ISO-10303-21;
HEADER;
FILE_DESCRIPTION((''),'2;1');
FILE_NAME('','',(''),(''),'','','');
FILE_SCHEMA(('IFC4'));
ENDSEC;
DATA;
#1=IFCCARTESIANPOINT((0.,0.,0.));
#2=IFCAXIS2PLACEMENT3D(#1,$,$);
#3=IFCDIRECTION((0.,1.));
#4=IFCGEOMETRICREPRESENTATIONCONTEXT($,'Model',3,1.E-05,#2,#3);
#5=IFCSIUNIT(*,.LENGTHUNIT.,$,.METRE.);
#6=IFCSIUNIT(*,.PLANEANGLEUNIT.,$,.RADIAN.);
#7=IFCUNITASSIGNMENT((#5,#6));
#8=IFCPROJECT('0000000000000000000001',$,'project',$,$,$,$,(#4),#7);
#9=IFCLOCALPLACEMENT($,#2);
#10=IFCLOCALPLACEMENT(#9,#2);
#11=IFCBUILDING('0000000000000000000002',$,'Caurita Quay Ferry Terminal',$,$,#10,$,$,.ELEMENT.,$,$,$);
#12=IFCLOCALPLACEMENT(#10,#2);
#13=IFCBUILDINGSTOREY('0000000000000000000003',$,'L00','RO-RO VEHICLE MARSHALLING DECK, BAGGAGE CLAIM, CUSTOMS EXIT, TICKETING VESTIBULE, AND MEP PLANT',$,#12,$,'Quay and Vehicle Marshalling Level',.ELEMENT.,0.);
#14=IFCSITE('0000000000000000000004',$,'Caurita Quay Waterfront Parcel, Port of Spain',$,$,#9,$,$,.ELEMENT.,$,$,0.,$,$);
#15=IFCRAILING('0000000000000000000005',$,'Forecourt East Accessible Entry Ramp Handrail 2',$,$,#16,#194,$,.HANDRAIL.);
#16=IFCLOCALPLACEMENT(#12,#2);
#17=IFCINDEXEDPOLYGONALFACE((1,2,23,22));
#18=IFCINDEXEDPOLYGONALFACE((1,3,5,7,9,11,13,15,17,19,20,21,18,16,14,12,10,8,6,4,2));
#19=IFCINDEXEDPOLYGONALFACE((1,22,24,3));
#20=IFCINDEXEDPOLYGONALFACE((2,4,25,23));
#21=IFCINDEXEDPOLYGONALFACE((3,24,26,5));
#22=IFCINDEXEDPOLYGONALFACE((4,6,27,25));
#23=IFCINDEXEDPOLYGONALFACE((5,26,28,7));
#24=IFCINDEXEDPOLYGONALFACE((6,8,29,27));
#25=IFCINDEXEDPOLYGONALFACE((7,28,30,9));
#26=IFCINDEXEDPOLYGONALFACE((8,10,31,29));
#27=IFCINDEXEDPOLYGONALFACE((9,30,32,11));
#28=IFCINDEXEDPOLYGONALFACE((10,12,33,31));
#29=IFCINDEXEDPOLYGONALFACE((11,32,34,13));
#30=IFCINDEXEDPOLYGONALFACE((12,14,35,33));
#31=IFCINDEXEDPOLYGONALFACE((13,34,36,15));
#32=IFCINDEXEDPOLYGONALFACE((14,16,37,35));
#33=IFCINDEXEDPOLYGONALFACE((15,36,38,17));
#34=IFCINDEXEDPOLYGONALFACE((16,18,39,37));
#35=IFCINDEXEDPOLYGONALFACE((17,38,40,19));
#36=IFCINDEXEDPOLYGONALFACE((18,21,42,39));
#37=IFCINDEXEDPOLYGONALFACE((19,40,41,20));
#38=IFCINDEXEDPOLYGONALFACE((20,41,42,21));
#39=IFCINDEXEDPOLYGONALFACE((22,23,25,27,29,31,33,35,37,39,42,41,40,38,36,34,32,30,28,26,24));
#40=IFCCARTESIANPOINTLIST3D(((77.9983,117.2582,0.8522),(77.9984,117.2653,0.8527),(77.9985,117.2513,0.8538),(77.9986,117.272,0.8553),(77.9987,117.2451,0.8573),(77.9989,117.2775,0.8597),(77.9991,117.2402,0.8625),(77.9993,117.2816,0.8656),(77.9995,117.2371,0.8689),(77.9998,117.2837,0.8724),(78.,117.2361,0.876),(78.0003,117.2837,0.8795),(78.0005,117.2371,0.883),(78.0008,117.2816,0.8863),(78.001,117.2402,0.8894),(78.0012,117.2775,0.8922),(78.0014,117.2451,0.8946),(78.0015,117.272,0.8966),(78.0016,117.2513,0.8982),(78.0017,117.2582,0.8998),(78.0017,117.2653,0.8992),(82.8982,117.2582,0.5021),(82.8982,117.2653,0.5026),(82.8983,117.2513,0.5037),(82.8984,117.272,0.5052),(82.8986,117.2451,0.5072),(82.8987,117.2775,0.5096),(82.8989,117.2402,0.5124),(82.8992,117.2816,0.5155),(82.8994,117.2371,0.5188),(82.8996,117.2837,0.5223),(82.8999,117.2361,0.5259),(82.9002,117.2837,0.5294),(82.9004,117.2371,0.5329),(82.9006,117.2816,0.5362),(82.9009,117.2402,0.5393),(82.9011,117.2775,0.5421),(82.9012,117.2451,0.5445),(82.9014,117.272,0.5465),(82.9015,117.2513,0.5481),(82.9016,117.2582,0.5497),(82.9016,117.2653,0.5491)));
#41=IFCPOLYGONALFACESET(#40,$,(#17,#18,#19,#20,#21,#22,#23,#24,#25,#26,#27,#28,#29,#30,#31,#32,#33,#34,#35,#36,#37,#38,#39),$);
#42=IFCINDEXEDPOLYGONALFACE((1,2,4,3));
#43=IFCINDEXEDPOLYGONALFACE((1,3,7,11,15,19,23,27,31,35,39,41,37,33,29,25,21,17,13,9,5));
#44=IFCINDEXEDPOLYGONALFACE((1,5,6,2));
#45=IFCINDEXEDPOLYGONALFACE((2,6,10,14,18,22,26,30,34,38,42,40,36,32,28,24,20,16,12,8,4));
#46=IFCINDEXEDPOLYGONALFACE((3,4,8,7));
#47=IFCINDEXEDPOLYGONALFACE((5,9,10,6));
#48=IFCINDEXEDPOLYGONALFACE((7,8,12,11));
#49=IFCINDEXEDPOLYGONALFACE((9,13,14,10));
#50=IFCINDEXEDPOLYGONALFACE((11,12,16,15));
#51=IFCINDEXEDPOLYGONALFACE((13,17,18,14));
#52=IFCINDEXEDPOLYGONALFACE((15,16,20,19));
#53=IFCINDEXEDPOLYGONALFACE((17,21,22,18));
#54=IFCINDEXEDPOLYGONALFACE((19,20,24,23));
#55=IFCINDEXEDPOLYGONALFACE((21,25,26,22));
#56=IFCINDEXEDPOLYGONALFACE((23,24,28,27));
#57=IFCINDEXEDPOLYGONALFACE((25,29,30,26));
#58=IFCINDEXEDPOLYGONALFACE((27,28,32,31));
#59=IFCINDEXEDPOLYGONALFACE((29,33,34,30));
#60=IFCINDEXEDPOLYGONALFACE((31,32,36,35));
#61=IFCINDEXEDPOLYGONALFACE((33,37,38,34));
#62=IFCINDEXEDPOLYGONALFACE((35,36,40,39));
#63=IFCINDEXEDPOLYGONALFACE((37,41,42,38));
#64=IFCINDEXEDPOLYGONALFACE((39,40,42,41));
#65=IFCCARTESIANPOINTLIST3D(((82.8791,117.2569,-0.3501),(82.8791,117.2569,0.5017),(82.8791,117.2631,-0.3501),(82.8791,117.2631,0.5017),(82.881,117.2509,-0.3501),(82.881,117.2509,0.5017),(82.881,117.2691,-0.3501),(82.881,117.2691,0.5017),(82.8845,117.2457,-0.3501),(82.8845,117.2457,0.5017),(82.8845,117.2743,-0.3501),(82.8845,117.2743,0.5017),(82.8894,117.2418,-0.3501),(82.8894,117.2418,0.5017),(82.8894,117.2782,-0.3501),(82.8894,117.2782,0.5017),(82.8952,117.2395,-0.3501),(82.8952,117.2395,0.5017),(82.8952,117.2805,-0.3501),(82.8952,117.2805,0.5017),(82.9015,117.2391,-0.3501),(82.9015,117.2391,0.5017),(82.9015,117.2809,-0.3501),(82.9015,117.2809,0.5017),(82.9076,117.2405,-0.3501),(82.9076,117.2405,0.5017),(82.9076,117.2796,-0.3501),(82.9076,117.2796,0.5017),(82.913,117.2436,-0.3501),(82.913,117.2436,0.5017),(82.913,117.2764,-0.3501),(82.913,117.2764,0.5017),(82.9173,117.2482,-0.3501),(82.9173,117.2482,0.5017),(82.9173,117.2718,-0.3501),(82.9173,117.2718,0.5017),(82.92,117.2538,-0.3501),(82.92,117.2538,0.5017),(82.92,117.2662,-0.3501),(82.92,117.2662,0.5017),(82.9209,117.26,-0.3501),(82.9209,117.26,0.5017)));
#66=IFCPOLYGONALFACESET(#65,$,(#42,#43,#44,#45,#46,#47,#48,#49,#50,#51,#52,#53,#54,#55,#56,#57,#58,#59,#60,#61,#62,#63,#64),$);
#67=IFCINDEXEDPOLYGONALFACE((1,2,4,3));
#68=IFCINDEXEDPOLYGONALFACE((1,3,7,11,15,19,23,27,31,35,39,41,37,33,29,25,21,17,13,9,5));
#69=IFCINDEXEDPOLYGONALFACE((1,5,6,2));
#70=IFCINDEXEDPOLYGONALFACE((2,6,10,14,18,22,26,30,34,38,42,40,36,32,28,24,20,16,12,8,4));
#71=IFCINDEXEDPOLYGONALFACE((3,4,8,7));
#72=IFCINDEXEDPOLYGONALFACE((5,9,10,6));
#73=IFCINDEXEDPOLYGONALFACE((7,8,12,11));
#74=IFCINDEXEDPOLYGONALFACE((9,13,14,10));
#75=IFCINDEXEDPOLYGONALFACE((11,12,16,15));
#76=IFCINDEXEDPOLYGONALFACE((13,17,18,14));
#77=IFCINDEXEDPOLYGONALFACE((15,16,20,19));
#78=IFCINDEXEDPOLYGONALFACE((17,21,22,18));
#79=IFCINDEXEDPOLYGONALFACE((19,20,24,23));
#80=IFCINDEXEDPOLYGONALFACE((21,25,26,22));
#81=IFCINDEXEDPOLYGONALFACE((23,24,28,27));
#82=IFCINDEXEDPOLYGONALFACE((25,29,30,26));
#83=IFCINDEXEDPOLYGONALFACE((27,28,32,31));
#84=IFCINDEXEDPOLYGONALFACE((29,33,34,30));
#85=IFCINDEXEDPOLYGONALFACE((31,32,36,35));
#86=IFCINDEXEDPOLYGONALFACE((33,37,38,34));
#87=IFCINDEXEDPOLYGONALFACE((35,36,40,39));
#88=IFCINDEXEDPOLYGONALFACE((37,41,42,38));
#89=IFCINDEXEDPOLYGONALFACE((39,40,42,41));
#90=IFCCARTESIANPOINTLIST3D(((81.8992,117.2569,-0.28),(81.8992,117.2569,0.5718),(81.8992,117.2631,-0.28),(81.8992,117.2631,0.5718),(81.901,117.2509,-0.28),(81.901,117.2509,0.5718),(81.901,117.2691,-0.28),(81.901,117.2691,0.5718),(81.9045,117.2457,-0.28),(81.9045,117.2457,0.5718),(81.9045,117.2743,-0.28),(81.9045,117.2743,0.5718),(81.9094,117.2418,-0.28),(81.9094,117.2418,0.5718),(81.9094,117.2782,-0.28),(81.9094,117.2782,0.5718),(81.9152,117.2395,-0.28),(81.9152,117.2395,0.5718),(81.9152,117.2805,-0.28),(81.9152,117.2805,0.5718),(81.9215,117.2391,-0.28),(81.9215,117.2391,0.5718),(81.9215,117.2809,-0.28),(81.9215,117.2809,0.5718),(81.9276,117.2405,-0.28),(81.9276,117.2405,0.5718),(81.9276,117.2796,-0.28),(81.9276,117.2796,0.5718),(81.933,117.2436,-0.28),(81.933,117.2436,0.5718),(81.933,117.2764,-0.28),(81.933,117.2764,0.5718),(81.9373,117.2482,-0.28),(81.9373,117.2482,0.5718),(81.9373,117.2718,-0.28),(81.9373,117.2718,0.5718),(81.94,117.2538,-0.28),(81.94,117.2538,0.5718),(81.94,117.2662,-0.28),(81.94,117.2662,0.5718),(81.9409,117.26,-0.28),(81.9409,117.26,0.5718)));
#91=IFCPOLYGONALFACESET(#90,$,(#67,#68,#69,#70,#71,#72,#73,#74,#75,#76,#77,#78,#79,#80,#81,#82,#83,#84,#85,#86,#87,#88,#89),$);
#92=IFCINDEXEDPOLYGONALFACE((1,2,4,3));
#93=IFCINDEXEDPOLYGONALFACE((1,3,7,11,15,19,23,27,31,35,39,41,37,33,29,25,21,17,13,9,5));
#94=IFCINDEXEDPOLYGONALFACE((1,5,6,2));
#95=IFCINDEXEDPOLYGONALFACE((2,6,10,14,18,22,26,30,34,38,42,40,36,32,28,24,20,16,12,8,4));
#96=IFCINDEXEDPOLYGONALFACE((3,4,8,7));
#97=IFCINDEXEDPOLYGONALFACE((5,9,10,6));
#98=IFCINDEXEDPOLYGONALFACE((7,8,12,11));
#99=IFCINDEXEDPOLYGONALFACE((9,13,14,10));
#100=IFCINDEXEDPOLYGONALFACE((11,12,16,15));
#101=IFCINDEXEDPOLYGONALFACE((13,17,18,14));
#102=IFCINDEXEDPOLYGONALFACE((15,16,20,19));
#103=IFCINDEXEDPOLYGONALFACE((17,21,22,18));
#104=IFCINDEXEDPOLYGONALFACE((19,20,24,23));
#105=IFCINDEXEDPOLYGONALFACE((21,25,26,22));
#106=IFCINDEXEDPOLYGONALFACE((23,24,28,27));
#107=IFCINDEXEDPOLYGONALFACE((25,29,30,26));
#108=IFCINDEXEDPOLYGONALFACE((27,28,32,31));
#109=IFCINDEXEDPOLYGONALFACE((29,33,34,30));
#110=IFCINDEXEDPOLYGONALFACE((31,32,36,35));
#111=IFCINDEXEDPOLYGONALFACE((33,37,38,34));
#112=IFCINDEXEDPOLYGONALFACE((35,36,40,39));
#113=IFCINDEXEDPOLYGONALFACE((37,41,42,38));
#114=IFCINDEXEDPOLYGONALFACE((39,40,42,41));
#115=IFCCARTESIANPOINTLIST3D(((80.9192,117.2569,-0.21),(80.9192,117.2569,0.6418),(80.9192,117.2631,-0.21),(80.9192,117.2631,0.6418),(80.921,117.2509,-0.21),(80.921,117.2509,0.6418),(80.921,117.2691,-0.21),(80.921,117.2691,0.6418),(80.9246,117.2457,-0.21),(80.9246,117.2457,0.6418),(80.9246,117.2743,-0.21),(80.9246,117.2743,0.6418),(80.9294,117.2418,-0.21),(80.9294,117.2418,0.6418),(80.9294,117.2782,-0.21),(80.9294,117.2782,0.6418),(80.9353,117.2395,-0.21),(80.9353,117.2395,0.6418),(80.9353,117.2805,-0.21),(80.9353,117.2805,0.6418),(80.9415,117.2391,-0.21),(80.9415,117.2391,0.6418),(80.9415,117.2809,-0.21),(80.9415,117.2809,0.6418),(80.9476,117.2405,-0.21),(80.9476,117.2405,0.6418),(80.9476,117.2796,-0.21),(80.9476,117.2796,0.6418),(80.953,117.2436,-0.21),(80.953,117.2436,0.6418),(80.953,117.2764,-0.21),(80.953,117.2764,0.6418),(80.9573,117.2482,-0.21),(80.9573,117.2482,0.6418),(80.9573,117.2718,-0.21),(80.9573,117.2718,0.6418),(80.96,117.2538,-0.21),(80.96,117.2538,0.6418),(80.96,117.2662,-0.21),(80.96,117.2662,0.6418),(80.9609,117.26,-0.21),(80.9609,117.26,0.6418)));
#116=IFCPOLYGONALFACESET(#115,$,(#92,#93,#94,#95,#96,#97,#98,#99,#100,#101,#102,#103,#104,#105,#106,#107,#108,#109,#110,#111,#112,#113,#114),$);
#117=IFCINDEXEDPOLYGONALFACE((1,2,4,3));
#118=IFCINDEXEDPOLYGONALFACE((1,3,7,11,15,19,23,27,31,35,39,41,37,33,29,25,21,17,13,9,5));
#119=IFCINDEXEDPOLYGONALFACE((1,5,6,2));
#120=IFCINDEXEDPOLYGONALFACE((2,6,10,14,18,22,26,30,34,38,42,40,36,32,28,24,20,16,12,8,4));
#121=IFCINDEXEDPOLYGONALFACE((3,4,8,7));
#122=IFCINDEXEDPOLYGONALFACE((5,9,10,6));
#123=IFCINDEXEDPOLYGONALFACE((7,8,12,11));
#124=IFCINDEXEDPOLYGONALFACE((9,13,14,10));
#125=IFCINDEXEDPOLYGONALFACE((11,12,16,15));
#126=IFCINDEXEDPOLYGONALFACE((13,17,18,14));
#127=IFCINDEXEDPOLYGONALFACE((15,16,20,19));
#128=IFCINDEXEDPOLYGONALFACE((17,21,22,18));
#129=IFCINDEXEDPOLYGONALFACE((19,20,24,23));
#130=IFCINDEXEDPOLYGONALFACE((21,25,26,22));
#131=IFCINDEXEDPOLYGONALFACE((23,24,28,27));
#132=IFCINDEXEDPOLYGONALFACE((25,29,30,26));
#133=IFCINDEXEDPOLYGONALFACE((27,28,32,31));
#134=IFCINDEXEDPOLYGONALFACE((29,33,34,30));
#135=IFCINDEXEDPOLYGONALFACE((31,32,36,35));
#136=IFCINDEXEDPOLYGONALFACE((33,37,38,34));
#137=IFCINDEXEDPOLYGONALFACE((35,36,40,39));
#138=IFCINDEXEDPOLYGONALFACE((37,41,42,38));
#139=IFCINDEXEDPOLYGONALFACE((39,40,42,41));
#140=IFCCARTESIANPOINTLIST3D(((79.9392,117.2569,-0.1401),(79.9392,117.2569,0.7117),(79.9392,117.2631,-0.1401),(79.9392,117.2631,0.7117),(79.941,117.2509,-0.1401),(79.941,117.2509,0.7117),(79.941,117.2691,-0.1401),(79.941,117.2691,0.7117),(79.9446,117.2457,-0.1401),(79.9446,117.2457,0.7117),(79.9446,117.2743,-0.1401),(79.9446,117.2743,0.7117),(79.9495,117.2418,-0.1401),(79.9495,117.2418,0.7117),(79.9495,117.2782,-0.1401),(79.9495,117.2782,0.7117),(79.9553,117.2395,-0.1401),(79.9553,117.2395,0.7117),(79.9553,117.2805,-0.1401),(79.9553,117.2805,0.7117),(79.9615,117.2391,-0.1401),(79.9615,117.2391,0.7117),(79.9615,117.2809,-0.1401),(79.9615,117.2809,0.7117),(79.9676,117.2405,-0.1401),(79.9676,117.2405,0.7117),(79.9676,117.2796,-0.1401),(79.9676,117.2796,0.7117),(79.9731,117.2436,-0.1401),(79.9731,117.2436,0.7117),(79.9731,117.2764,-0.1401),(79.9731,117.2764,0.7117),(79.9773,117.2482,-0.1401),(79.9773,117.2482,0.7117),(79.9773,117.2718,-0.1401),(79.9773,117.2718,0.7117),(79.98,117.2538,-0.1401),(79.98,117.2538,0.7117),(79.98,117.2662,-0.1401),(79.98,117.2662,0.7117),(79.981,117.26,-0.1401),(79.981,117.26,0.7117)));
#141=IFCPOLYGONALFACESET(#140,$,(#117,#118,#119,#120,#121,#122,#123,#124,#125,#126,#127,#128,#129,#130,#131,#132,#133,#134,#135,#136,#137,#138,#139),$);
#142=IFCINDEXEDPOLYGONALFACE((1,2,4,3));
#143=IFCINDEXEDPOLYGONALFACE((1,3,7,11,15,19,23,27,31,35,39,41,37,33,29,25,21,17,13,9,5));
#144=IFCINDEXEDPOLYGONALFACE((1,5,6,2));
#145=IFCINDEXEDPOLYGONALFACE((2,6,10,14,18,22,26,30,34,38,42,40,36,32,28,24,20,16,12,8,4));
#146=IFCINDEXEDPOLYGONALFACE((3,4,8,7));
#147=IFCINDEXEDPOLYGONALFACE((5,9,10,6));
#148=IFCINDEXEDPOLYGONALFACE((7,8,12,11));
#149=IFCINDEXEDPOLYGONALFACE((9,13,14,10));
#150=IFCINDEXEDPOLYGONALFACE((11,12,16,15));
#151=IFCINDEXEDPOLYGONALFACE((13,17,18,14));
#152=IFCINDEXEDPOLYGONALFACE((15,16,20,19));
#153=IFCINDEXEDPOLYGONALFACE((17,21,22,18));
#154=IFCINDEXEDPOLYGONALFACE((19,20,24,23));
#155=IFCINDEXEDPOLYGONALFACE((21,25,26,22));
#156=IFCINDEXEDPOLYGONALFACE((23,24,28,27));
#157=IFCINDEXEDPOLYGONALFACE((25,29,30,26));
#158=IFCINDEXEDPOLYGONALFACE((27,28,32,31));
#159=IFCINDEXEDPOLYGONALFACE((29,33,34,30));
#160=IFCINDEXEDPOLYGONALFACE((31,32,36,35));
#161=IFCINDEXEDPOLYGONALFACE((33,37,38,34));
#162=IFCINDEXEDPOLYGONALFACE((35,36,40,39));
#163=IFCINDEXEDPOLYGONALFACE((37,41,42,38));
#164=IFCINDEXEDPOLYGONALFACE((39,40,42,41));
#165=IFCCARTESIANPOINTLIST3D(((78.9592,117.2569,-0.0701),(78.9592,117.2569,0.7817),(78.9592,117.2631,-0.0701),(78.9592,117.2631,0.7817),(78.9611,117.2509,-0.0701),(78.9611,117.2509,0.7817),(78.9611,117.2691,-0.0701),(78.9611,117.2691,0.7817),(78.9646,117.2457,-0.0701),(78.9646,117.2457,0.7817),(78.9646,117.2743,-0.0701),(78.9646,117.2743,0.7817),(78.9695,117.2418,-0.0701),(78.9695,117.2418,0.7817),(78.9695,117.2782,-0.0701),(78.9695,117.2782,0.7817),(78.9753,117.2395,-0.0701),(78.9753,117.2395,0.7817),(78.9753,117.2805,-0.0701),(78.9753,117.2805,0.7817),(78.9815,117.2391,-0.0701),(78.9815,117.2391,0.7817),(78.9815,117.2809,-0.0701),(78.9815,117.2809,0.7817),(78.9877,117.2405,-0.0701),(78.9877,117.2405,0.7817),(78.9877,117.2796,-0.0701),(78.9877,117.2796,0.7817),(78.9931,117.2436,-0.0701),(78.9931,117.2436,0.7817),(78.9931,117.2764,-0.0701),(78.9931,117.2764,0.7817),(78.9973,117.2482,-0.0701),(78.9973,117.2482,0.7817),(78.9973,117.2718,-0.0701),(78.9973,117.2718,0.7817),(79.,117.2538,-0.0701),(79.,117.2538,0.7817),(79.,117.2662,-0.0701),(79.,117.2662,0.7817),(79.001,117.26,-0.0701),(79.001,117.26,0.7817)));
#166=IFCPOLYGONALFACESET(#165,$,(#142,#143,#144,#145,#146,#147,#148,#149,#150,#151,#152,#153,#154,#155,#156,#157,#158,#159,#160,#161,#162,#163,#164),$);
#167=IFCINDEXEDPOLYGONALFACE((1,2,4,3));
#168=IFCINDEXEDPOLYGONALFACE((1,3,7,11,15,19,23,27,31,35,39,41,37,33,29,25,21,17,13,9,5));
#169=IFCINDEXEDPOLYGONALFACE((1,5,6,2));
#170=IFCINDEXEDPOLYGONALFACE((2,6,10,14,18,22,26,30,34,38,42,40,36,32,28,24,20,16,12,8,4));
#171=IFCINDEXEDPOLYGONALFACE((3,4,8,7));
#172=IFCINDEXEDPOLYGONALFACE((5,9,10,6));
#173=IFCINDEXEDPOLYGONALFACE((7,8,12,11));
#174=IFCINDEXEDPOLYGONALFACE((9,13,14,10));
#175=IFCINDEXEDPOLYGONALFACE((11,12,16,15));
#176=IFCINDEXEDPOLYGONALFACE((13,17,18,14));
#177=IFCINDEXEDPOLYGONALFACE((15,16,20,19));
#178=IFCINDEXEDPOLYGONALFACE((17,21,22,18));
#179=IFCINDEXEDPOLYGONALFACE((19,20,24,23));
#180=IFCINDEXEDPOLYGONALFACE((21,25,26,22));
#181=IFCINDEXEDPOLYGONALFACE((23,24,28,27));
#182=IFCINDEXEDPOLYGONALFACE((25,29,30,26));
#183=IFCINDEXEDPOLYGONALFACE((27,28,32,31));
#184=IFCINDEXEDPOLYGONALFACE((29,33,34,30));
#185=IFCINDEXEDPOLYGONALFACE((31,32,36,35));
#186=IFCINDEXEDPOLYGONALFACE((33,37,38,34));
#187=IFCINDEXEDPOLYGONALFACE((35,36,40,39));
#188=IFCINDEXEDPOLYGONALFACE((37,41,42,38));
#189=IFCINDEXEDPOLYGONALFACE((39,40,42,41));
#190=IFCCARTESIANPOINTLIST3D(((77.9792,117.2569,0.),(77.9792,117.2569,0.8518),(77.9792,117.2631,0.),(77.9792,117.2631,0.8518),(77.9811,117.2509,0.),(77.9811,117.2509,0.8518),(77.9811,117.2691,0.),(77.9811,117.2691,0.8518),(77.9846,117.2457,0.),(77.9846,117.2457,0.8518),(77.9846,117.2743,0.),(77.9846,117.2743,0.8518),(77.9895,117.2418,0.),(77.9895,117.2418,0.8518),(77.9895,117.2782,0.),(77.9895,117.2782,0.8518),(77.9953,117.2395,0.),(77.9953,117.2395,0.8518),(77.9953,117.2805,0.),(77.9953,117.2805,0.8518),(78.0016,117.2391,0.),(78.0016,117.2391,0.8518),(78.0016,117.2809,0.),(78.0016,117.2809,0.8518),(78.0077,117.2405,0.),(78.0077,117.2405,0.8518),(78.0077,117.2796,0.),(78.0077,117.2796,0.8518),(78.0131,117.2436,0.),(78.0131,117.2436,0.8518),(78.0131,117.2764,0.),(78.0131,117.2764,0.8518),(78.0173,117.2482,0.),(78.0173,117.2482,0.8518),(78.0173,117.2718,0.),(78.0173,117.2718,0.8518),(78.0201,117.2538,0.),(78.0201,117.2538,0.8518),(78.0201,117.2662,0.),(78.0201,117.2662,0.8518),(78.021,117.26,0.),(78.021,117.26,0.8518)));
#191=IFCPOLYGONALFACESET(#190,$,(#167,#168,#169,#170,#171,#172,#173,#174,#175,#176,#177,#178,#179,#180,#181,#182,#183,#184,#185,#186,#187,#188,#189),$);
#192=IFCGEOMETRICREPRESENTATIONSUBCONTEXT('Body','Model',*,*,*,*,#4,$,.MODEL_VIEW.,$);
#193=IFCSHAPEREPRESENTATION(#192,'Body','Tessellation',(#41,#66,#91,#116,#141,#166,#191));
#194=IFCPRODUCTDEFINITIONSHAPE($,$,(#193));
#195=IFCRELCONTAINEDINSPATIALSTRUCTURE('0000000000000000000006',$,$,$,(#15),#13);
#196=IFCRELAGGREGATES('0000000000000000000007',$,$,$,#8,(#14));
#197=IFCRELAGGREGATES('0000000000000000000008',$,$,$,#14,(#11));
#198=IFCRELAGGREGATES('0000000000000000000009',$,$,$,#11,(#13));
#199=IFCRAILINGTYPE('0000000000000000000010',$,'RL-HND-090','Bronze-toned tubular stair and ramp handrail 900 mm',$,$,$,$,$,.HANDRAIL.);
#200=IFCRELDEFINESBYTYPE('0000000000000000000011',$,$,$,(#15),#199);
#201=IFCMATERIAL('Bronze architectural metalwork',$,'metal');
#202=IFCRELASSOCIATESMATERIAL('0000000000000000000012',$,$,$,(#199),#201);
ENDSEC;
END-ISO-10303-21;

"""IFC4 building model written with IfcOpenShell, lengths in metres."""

from ifc_helpers import new_model, si_unit, direction, frame, origin, origin_2d, place, context, subcontext, project, spatial, circle, extrude, material, type_object, element, save


model = new_model("IFC4")

# Units and contexts
model_context = context("Model", 3, precision=1e-05, world=origin(), true_north=direction((0.0, 1.0)))
body_context = subcontext(model_context, "Body", "Model", "MODEL_VIEW")
ifc_project = project(units=[si_unit("LENGTHUNIT", "METRE"), si_unit("PLANEANGLEUNIT", "RADIAN")], contexts=[model_context])

# Site, building, storey
site_placement = place(None, origin())
site = spatial("IfcSite", under=ifc_project, at=site_placement, Name="Caurita Quay Waterfront Parcel, Port of Spain", CompositionType="ELEMENT", RefElevation=0.0)
building_placement = place(site_placement, origin())
building = spatial("IfcBuilding", under=site, at=building_placement, Name="Caurita Quay Ferry Terminal", CompositionType="ELEMENT")
storey_placement = place(building_placement, origin())
storey = spatial("IfcBuildingStorey", under=building, at=storey_placement, Name="L00", Description="RO-RO VEHICLE MARSHALLING DECK, BAGGAGE CLAIM, CUSTOMS EXIT, TICKETING VESTIBULE, AND MEP PLANT", LongName="Quay and Vehicle Marshalling Level", CompositionType="ELEMENT", Elevation=0.0)

# Railing
ifc_material_1 = material(Name="Bronze architectural metalwork", Category="metal")
railing_type = type_object("IfcRailingType", Name="RL-HND-090", Description="Bronze-toned tubular stair and ramp handrail 900 mm", PredefinedType="HANDRAIL", material=ifc_material_1)
for number, where, name in (
    (1, (82.8999, 117.26, -0.3501), "Forecourt East Accessible Entry Ramp Handrail 2"),
):
    element("IfcRailing", number, at=place(storey_placement, frame(where)), inside=storey, type_object=railing_type, Name=name, PredefinedType="HANDRAIL", context=body_context, shape_type="SweptSolid", body=[
        extrude(circle(Radius=0.0239, at=origin_2d()), frame((0.0, 0.0, 0.876), z_axis=(-0.997457, 0.0, 0.071268), x_axis=(0.0, -1.0, 0.0)), (0.0, 0.0, 1.0), 4.9124),
        extrude(circle(Radius=0.021, at=origin_2d()), origin(), (0.0, 0.0, 1.0), 0.8518),
        extrude(circle(Radius=0.021, at=origin_2d()), frame((-0.98, 0.0, 0.0701)), (0.0, 0.0, 1.0), 0.8518),
        extrude(circle(Radius=0.021, at=origin_2d()), frame((-1.96, 0.0, 0.1401)), (0.0, 0.0, 1.0), 0.8518),
        extrude(circle(Radius=0.021, at=origin_2d()), frame((-2.9399, 0.0, 0.21)), (0.0, 0.0, 1.0), 0.8518),
        extrude(circle(Radius=0.021, at=origin_2d()), frame((-3.9199, 0.0, 0.28)), (0.0, 0.0, 1.0), 0.8518),
        extrude(circle(Radius=0.021, at=origin_2d()), frame((-4.8999, 0.0, 0.3501)), (0.0, 0.0, 1.0), 0.8518),
    ])

save(model, "model.ifc")
